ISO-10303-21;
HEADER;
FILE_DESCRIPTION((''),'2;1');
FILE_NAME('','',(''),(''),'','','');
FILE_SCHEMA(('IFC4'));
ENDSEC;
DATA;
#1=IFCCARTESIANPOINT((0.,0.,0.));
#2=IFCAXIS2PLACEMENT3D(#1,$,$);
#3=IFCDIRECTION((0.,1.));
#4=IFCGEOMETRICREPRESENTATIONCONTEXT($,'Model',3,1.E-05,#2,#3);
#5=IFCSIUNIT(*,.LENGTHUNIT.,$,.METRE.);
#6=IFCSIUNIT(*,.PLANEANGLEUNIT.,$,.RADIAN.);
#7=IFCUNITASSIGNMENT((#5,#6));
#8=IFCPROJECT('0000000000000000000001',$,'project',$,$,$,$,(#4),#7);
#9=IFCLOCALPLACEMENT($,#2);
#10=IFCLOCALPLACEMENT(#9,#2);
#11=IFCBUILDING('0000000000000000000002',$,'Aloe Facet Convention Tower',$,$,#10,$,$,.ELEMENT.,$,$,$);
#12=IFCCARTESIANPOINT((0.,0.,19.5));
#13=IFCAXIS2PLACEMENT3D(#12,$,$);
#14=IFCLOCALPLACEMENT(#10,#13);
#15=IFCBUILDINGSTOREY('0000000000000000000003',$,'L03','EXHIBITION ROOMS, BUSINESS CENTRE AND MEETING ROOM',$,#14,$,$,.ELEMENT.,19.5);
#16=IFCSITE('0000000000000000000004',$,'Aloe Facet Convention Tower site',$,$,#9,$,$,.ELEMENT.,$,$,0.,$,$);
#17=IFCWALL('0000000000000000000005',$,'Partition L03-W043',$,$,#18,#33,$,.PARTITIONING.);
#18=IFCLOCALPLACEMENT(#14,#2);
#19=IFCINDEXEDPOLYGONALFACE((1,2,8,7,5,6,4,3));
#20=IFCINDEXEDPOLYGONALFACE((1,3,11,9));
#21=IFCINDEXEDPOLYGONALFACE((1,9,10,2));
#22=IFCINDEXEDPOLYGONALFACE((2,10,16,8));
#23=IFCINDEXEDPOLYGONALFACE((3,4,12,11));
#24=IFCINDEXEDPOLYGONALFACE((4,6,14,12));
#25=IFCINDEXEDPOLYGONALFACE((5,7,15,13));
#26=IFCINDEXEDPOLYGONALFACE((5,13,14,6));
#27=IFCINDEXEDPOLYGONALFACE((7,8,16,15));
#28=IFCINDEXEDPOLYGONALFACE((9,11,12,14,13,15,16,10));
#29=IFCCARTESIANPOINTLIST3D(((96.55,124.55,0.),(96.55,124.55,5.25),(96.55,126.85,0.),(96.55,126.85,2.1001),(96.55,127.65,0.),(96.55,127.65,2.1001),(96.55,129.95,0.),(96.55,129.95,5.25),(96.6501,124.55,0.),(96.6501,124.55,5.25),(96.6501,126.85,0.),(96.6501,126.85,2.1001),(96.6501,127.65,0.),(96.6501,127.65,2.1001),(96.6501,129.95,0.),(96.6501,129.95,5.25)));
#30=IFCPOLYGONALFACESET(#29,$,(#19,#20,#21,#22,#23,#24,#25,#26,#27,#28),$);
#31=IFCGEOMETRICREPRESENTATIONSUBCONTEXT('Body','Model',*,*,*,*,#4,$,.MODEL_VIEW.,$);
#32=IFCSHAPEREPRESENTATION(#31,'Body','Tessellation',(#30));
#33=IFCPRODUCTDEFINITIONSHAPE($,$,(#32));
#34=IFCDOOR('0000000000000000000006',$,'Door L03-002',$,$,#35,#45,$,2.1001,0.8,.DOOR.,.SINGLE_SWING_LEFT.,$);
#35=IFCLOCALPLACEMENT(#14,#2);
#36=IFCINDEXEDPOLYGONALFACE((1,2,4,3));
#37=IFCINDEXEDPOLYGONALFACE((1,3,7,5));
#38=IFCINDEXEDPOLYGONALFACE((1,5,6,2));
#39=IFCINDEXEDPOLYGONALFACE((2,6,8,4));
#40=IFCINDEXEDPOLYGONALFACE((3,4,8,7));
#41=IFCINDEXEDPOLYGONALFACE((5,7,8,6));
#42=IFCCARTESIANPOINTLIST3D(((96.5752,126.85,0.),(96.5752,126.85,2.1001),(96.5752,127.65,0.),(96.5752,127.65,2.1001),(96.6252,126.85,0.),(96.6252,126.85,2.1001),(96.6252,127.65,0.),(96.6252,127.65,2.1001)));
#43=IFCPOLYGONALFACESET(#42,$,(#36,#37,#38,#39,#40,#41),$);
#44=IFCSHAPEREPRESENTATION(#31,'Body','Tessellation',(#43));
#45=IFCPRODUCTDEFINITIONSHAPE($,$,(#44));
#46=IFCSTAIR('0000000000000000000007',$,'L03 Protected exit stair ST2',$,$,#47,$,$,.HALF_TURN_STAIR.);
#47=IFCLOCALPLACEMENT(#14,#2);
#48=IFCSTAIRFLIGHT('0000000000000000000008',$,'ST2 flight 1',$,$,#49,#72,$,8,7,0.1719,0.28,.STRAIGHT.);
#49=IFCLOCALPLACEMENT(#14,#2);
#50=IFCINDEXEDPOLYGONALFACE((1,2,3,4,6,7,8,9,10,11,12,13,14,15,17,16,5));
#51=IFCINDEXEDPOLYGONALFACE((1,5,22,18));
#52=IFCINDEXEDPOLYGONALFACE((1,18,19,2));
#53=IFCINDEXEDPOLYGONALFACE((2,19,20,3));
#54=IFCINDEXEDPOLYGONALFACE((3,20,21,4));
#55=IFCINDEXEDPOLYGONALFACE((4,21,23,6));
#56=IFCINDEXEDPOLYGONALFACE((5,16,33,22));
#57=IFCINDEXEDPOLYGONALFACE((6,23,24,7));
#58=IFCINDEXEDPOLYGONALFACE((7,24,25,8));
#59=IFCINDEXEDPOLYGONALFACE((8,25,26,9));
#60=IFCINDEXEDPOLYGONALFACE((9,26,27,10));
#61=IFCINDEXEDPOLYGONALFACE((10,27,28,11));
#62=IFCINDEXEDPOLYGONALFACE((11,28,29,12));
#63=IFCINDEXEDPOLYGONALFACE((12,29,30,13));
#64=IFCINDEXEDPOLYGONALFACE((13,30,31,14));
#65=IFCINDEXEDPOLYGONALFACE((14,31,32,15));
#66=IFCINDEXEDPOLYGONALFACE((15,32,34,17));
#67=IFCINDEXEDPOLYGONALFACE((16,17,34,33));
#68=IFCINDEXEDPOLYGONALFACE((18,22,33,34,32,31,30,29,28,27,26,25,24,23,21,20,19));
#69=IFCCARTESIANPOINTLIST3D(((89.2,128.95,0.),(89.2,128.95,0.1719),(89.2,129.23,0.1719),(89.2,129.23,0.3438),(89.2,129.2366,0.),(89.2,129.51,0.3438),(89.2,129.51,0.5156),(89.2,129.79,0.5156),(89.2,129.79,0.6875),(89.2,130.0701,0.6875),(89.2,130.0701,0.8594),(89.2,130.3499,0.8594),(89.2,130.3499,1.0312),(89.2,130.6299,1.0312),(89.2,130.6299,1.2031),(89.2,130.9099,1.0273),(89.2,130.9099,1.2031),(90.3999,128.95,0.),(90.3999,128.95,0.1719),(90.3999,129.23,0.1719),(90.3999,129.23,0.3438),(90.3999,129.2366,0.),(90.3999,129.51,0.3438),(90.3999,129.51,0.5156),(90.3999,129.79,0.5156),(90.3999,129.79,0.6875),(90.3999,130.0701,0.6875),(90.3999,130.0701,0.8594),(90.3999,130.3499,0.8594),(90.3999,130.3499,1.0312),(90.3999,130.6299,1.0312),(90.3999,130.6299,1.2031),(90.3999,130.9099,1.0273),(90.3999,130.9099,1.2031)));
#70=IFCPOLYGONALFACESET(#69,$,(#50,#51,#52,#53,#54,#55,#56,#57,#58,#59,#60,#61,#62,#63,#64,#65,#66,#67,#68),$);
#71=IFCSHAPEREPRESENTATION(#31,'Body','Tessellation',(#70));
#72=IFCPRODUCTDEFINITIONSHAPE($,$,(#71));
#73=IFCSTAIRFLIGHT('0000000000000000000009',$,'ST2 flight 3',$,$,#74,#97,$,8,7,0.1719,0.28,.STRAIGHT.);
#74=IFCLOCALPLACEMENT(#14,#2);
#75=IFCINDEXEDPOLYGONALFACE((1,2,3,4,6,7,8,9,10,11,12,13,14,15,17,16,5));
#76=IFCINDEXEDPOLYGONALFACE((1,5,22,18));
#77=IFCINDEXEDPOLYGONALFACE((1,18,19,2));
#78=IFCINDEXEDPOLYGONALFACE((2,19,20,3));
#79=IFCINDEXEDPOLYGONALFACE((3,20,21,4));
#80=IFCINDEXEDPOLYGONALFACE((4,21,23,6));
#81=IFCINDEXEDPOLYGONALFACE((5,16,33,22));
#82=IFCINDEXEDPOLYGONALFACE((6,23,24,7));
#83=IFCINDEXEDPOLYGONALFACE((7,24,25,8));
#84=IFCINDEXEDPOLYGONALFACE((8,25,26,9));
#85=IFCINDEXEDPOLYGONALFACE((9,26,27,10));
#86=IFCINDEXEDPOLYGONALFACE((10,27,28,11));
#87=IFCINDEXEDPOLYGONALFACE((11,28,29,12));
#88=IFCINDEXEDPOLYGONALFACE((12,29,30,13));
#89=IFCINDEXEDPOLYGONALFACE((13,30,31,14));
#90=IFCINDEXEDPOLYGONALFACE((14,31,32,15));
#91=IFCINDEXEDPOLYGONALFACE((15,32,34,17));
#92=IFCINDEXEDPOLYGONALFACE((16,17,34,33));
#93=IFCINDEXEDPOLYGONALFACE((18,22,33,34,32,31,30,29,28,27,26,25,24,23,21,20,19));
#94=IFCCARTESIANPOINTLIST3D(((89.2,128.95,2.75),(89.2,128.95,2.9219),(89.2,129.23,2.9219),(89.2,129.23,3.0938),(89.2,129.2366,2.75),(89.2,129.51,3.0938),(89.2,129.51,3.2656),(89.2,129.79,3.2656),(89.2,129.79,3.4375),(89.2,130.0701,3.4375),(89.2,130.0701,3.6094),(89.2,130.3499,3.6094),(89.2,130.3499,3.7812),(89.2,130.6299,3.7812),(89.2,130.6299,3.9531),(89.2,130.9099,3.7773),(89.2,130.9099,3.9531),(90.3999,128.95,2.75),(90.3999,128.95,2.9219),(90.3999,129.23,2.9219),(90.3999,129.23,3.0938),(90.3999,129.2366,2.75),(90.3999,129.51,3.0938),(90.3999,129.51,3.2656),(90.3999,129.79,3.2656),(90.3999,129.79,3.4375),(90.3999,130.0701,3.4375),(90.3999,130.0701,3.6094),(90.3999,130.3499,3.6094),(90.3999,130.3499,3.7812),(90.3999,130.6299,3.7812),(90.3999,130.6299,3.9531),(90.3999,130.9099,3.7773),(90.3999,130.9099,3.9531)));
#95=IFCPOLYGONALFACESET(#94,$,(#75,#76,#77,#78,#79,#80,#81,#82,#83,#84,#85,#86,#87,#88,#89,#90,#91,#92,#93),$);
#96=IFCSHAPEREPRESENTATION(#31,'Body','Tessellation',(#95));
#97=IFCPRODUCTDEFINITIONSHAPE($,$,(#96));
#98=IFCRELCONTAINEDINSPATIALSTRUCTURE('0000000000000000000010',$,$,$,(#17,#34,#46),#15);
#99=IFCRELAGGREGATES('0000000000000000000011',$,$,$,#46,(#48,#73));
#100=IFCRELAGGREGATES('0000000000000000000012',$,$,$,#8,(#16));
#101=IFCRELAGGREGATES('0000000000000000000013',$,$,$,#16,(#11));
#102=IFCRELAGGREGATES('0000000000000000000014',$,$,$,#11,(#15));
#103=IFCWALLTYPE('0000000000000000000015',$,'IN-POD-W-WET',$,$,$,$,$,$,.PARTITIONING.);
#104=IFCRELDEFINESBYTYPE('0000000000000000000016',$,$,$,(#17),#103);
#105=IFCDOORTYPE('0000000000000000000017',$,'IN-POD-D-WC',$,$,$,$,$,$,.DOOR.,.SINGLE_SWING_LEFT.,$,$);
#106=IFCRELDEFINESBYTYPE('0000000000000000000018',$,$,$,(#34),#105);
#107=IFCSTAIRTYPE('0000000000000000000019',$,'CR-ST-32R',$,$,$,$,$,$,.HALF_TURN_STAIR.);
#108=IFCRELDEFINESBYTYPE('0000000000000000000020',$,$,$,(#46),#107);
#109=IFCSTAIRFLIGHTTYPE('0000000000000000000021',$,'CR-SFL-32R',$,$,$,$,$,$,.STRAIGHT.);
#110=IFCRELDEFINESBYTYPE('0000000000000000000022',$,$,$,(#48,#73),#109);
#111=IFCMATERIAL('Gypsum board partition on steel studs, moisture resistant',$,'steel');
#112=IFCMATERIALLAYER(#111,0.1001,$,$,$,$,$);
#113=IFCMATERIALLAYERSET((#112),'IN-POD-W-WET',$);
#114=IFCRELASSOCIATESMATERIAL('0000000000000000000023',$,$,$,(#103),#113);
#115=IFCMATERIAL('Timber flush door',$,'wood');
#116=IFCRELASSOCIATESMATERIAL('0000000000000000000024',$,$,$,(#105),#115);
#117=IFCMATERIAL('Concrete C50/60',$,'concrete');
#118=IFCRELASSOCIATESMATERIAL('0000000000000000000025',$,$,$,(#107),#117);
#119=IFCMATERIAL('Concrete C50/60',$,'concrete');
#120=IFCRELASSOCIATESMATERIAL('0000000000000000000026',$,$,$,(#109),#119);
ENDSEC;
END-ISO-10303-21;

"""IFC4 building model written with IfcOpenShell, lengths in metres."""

from ifc_helpers import new_model, si_unit, direction, frame, frame_2d, origin, place, context, subcontext, project, spatial, polyline, rectangle, outline, extrude, material, layer, layer_set, type_object, element, fill, aggregate, save


model = new_model("IFC4")

# Units and contexts
model_context = context("Model", 3, precision=1e-05, world=origin(), true_north=direction((0.0, 1.0)))
body_context = subcontext(model_context, "Body", "Model", "MODEL_VIEW")
ifc_project = project(units=[si_unit("LENGTHUNIT", "METRE"), si_unit("PLANEANGLEUNIT", "RADIAN")], contexts=[model_context])

# Site, building, storey
site_placement = place(None, origin())
site = spatial("IfcSite", under=ifc_project, at=site_placement, Name="Aloe Facet Convention Tower site", CompositionType="ELEMENT", RefElevation=0.0)
building_placement = place(site_placement, origin())
building = spatial("IfcBuilding", under=site, at=building_placement, Name="Aloe Facet Convention Tower", CompositionType="ELEMENT")
storey_placement = place(building_placement, frame((0.0, 0.0, 19.5)))
storey = spatial("IfcBuildingStorey", under=building, at=storey_placement, Name="L03", Description="EXHIBITION ROOMS, BUSINESS CENTRE AND MEETING ROOM", CompositionType="ELEMENT", Elevation=19.5)

# Shared definitions
ifc_material_1 = material(Name="Gypsum board partition on steel studs, moisture resistant", Category="steel")
ifc_layer_1 = layer(ifc_material_1, 0.1001)
ifc_layer_set_1 = layer_set([ifc_layer_1], Name="IN-POD-W-WET")
wall_type_1 = type_object("IfcWallType", Name="IN-POD-W-WET", PredefinedType="PARTITIONING", material=ifc_layer_set_1)

# Wall, opening, door
wall_1_placement = place(storey_placement, frame((96.6001, 124.55, 0.0), z_axis=(0.0, 0.0, 1.0), x_axis=(0.0, 1.0, 0.0)))
wall_1 = element("IfcWall", 1, at=wall_1_placement, inside=storey, type_object=wall_type_1, Name="Partition L03-W043", PredefinedType="PARTITIONING", context=body_context, shape_type="SweptSolid", body=[
    extrude(rectangle(XDim=5.3999, YDim=0.1001, at=frame_2d((2.7, 0.0))), origin(), (0.0, 0.0, 1.0), 5.25),
])
opening_1_placement = place(wall_1_placement, frame((2.3, 0.0, 0.0)))
opening_1 = element("IfcOpeningElement", 2, at=opening_1_placement, cuts=wall_1, PredefinedType="OPENING", context=body_context, shape_type="SweptSolid", body=[
    extrude(rectangle(XDim=0.8, YDim=2.1001, at=frame_2d((0.3999, 1.05))), frame((0.0, 0.0601, 0.0), z_axis=(0.0, -1.0, 0.0), x_axis=(1.0, 0.0, 0.0)), (0.0, 0.0, 1.0), 0.1201),
])
ifc_material_2 = material(Name="Timber flush door", Category="wood")
door_type_1 = type_object("IfcDoorType", Name="IN-POD-D-WC", OperationType="SINGLE_SWING_LEFT", PredefinedType="DOOR", material=ifc_material_2)
door_1_placement = place(opening_1_placement, origin())
door_1 = element("IfcDoor", 3, at=door_1_placement, inside=storey, type_object=door_type_1, Name="Door L03-002", OperationType="SINGLE_SWING_LEFT", OverallHeight=2.1001, OverallWidth=0.8, PredefinedType="DOOR", context=body_context, shape_type="SweptSolid", body=[
    extrude(rectangle(XDim=0.8, YDim=2.1001, at=frame_2d((0.3999, 1.05))), frame((0.0, 0.0249, 0.0), z_axis=(0.0, -1.0, 0.0), x_axis=(1.0, 0.0, 0.0)), (0.0, 0.0, 1.0), 0.05),
])
fill(opening_1, door_1)

# Stair, stair flights
ifc_material_3 = material(Name="Concrete C50/60", Category="concrete")
stair_type = type_object("IfcStairType", Name="CR-ST-32R", PredefinedType="HALF_TURN_STAIR", material=ifc_material_3)
stair_placement = place(storey_placement, origin())
stair = element("IfcStair", 4, at=stair_placement, inside=storey, type_object=stair_type, Name="L03 Protected exit stair ST2", PredefinedType="HALF_TURN_STAIR")
ifc_material_4 = material(Name="Concrete C50/60", Category="concrete")
stair_flight_type = type_object("IfcStairFlightType", Name="CR-SFL-32R", PredefinedType="STRAIGHT", material=ifc_material_4)
stair_flight_1_placement = place(storey_placement, frame((89.8, 128.95, 0.0), z_axis=(0.0, 0.0, 1.0), x_axis=(0.0, 1.0, 0.0)))
stair_flight_1 = element("IfcStairFlight", 5, at=stair_flight_1_placement, type_object=stair_flight_type, Name="ST2 flight 1", NumberOfRisers=8, NumberOfTreads=7, PredefinedType="STRAIGHT", RiserHeight=0.1719, TreadLength=0.28, context=body_context, shape_type="SweptSolid", body=[
    extrude(outline(polyline([(0.0, 0.0), (0.0, 0.1719), (0.28, 0.1719), (0.28, 0.3438), (0.5601, 0.3438), (0.5601, 0.5156), (0.8401, 0.5156), (0.8401, 0.6875), (1.1201, 0.6875), (1.1201, 0.8594), (1.3999, 0.8594), (1.3999, 1.0312), (1.6799, 1.0312), (1.6799, 1.2031), (1.96, 1.2031), (1.96, 1.375), (1.96, 1.0273), (0.2866, 0.0), (0.0, 0.0)])), frame((0.0, 0.6001, 0.0), z_axis=(0.0, -1.0, 0.0), x_axis=(1.0, 0.0, 0.0)), (0.0, 0.0, 1.0), 1.2),
])
stair_flight_2_placement = place(storey_placement, frame((89.8, 128.95, 2.75), z_axis=(0.0, 0.0, 1.0), x_axis=(0.0, 1.0, 0.0)))
stair_flight_2 = element("IfcStairFlight", 6, at=stair_flight_2_placement, type_object=stair_flight_type, Name="ST2 flight 3", NumberOfRisers=8, NumberOfTreads=7, PredefinedType="STRAIGHT", RiserHeight=0.1719, TreadLength=0.28, context=body_context, shape_type="SweptSolid", body=[
    extrude(outline(polyline([(0.0, 0.0), (0.0, 0.1719), (0.28, 0.1719), (0.28, 0.3438), (0.5601, 0.3438), (0.5601, 0.5156), (0.8401, 0.5156), (0.8401, 0.6875), (1.1201, 0.6875), (1.1201, 0.8594), (1.3999, 0.8594), (1.3999, 1.0312), (1.6799, 1.0312), (1.6799, 1.2031), (1.96, 1.2031), (1.96, 1.375), (1.96, 1.0273), (0.2866, 0.0), (0.0, 0.0)])), frame((0.0, 0.6001, 0.0), z_axis=(0.0, -1.0, 0.0), x_axis=(1.0, 0.0, 0.0)), (0.0, 0.0, 1.0), 1.2),
])
aggregate(stair, [stair_flight_1, stair_flight_2])

save(model, "model.ifc")
